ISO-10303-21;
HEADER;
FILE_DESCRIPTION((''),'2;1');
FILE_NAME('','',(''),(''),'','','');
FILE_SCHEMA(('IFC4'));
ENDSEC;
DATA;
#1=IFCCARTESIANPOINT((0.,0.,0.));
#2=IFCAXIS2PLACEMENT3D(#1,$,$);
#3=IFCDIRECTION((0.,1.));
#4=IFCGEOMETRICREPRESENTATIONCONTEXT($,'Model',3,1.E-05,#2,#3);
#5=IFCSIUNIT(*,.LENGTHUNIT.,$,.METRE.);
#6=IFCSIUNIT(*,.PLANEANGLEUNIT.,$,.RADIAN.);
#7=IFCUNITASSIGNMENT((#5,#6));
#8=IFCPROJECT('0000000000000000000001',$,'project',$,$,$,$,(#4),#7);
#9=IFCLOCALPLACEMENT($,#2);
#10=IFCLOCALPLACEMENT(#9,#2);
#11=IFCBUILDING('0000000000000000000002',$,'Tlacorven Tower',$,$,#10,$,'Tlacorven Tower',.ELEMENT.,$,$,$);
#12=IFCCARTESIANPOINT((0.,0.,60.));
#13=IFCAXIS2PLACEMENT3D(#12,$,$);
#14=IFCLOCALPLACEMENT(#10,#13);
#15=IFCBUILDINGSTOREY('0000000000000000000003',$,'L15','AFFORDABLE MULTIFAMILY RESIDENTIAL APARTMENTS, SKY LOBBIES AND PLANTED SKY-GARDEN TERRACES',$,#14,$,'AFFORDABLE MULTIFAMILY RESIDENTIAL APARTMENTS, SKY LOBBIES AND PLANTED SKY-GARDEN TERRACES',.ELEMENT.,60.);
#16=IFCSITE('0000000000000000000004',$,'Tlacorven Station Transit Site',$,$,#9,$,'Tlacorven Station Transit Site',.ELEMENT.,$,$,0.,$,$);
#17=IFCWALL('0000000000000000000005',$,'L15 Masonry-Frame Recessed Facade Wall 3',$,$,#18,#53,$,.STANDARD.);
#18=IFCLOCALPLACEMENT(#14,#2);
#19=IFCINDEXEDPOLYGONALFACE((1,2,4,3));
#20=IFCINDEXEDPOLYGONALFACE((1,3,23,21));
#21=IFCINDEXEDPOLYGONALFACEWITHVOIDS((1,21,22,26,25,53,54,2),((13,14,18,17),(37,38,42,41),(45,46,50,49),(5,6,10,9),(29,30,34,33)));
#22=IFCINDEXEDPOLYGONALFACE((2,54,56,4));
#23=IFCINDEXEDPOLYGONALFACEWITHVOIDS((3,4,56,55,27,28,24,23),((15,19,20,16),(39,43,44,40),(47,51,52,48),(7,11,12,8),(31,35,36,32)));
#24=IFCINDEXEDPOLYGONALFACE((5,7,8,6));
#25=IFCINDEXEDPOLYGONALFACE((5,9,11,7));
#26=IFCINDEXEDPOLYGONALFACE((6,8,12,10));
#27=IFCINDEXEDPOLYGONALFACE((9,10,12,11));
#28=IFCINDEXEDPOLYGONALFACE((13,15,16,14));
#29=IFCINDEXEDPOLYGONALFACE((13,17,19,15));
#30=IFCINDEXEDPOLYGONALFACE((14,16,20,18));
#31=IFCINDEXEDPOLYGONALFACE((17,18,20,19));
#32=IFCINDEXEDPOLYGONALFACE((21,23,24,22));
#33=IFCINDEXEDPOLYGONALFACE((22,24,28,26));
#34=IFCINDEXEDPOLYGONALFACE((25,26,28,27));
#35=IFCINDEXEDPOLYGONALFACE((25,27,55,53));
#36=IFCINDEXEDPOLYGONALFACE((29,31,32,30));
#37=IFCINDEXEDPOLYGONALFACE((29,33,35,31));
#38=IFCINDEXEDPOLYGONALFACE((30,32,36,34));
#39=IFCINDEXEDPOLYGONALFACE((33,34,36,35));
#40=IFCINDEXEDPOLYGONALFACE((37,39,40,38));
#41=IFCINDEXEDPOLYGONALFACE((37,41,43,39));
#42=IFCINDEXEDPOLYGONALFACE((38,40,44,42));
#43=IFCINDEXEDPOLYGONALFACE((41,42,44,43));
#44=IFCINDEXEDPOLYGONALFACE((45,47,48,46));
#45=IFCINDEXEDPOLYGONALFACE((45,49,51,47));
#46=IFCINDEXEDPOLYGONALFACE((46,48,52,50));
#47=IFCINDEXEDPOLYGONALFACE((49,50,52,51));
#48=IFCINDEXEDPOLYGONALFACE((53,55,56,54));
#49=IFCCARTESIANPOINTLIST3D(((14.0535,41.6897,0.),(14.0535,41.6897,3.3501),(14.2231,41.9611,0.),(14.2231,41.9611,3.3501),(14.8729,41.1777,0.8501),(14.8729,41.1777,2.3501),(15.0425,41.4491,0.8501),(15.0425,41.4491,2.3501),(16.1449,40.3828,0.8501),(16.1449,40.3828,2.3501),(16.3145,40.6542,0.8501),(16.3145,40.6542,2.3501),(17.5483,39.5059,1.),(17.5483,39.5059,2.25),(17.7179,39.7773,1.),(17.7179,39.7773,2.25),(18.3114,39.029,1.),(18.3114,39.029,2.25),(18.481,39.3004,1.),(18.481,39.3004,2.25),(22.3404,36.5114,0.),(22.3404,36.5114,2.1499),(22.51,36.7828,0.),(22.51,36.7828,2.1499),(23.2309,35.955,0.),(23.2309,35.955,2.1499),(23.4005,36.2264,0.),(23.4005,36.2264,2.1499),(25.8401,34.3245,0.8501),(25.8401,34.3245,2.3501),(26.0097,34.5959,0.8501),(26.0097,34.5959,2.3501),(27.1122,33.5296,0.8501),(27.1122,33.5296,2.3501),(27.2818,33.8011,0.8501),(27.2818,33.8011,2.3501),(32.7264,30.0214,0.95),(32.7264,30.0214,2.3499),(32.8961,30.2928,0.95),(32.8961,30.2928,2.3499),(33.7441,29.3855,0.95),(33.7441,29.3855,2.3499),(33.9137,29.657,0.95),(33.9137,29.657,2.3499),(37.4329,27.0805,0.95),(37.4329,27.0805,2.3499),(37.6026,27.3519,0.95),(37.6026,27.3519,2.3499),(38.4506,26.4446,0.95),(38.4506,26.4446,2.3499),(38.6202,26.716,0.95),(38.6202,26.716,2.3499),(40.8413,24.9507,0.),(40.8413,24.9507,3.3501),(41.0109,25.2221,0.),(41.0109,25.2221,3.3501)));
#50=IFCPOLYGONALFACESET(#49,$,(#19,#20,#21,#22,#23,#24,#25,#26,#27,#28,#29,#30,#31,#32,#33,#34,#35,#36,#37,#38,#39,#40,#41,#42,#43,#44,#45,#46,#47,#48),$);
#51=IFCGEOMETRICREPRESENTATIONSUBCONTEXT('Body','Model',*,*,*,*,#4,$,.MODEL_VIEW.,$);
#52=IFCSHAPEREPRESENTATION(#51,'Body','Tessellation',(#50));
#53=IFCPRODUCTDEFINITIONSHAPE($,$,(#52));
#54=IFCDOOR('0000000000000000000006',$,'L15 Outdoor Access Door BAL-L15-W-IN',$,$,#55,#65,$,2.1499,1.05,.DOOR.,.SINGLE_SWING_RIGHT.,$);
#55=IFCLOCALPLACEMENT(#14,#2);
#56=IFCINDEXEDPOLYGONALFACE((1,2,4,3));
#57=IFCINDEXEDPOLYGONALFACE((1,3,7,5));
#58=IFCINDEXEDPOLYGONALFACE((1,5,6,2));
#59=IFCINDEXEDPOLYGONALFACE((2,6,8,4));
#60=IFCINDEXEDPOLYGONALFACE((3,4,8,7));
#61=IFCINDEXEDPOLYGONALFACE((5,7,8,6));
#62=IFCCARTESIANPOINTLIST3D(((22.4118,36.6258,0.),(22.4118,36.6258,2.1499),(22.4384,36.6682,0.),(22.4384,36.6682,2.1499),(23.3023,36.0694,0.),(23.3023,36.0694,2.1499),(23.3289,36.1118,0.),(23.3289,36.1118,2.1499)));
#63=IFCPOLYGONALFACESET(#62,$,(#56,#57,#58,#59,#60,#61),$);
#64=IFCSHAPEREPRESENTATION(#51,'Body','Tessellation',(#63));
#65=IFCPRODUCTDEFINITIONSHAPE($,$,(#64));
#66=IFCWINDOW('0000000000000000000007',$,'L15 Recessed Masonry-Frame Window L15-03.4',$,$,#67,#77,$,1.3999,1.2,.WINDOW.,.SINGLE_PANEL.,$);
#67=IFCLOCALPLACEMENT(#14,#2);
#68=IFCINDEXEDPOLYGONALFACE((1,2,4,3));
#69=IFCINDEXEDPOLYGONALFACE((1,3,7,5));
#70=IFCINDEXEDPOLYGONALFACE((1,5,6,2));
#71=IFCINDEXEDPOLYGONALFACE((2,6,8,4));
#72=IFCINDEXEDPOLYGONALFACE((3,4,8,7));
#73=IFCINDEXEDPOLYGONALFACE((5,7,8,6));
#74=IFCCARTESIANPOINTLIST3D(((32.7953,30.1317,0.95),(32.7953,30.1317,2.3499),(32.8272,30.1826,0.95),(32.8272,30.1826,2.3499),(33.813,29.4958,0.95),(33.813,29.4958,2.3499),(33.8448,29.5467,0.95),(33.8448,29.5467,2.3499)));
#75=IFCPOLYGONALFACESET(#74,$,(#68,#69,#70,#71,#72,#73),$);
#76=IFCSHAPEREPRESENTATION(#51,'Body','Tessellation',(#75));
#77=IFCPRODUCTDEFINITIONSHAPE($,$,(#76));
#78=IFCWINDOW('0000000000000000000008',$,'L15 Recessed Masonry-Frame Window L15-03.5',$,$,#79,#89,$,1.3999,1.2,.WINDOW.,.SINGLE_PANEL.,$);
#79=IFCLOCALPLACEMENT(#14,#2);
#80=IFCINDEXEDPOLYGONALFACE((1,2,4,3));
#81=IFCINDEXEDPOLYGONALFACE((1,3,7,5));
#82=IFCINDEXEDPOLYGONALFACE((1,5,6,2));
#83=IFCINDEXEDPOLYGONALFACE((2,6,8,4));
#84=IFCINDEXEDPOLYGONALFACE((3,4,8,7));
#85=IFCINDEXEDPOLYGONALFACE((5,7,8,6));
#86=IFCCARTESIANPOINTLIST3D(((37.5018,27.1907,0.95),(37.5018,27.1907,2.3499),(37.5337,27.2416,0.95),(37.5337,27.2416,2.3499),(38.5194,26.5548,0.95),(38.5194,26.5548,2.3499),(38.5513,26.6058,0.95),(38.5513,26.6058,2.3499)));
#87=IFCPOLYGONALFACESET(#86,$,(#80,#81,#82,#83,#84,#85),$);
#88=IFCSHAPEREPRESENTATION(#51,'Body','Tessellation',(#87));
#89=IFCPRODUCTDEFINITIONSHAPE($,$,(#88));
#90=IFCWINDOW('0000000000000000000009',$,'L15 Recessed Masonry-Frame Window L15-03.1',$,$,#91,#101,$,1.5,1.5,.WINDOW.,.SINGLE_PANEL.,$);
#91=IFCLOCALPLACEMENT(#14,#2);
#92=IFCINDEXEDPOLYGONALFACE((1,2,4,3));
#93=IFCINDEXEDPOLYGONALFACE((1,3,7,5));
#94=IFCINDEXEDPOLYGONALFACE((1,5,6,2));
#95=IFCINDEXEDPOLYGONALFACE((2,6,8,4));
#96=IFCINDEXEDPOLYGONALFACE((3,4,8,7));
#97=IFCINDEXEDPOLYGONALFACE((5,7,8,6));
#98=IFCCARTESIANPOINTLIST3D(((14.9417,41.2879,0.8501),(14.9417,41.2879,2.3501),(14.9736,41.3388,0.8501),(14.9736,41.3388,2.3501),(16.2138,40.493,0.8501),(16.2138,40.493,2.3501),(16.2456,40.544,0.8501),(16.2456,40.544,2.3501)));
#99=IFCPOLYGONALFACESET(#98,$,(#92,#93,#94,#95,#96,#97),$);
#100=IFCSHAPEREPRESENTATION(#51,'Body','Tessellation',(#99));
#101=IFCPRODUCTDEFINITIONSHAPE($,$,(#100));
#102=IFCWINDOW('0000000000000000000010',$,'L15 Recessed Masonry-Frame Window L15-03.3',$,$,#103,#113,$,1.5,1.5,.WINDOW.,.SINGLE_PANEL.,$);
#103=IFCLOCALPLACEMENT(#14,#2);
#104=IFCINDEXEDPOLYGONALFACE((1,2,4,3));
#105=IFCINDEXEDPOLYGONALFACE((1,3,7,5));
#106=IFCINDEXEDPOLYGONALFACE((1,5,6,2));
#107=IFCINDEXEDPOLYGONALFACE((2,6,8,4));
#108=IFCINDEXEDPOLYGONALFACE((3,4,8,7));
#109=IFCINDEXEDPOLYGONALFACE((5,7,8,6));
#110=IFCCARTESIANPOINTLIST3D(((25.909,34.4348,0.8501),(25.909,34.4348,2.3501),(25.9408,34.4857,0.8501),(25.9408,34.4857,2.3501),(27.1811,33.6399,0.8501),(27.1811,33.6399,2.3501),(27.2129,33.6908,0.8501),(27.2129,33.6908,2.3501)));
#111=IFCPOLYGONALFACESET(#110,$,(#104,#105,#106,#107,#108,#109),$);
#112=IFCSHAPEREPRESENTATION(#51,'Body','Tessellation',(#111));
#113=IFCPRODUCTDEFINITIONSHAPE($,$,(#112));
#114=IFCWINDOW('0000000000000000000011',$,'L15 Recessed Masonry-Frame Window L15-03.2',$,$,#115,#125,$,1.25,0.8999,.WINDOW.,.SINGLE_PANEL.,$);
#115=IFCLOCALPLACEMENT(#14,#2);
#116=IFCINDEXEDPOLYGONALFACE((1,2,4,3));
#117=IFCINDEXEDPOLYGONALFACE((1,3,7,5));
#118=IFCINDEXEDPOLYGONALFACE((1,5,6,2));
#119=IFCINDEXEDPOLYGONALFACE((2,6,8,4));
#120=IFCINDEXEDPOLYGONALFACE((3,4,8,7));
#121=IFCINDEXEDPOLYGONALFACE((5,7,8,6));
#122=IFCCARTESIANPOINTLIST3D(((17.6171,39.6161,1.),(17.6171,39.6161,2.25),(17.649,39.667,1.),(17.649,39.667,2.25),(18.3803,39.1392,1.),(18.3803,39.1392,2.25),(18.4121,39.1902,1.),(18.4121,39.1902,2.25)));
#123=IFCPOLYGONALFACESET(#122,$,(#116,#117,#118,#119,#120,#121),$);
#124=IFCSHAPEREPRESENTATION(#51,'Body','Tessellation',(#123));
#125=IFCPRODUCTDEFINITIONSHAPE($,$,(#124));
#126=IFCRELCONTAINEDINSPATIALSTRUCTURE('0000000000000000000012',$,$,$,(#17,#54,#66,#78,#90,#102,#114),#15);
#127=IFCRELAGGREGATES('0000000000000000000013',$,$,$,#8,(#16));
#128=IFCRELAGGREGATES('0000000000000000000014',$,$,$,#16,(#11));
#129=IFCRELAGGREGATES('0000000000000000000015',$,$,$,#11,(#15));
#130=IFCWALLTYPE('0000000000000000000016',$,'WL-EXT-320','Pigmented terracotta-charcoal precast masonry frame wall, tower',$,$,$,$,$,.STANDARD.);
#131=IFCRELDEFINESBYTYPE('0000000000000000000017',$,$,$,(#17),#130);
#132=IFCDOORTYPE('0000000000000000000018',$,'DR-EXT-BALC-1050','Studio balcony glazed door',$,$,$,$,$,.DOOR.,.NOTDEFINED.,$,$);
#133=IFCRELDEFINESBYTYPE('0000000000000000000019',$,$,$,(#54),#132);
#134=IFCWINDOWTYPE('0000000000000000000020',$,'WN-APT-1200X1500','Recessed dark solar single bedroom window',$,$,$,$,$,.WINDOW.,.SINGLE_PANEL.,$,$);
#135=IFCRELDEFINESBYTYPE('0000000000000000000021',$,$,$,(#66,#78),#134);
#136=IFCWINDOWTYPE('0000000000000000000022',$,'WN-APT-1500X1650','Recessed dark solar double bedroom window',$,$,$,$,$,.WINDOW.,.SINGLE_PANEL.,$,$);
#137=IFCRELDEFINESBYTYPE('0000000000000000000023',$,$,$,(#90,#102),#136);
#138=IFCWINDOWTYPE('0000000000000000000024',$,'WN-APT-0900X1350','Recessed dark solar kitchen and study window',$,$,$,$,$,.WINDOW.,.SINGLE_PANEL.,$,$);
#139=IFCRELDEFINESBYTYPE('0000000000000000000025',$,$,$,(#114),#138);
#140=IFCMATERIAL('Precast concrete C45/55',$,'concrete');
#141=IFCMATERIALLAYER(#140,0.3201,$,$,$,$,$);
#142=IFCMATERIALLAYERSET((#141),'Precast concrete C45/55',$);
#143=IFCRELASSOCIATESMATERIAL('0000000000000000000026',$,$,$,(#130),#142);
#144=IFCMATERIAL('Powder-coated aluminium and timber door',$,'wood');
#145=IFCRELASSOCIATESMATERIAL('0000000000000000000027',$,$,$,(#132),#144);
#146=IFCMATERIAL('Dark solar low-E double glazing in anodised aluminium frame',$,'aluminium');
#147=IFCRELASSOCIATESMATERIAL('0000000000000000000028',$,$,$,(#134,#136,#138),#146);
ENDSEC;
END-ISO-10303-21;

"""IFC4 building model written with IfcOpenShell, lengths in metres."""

from ifc_helpers import new_model, si_unit, direction, frame, frame_2d, origin, place, context, subcontext, project, spatial, rectangle, extrude, source, transform, mapped, material, layer, layer_set, type_object, element, fill, save


model = new_model("IFC4")

# Units and contexts
model_context = context("Model", 3, precision=1e-05, world=origin(), true_north=direction((0.0, 1.0)))
body_context = subcontext(model_context, "Body", "Model", "MODEL_VIEW")
ifc_project = project(units=[si_unit("LENGTHUNIT", "METRE"), si_unit("PLANEANGLEUNIT", "RADIAN")], contexts=[model_context])

# Site, building, storey
site_placement = place(None, origin())
site = spatial("IfcSite", under=ifc_project, at=site_placement, Name="Tlacorven Station Transit Site", LongName="Tlacorven Station Transit Site", CompositionType="ELEMENT", RefElevation=0.0)
building_placement = place(site_placement, origin())
building = spatial("IfcBuilding", under=site, at=building_placement, Name="Tlacorven Tower", LongName="Tlacorven Tower", CompositionType="ELEMENT")
storey_placement = place(building_placement, frame((0.0, 0.0, 60.0)))
storey = spatial("IfcBuildingStorey", under=building, at=storey_placement, Name="L15", Description="AFFORDABLE MULTIFAMILY RESIDENTIAL APARTMENTS, SKY LOBBIES AND PLANTED SKY-GARDEN TERRACES", LongName="AFFORDABLE MULTIFAMILY RESIDENTIAL APARTMENTS, SKY LOBBIES AND PLANTED SKY-GARDEN TERRACES", CompositionType="ELEMENT", Elevation=60.0)

# Wall, openings, door, windows
ifc_material_1 = material(Name="Precast concrete C45/55", Category="concrete")
ifc_layer_1 = layer(ifc_material_1, 0.3201)
ifc_layer_set_1 = layer_set([ifc_layer_1], Name="Precast concrete C45/55")
wall_type_1 = type_object("IfcWallType", Name="WL-EXT-320", Description="Pigmented terracotta-charcoal precast masonry frame wall, tower", PredefinedType="STANDARD", material=ifc_layer_set_1)
wall_1_placement = place(storey_placement, frame((14.1382, 41.8254, 0.0), z_axis=(0.0, 0.0, 1.0), x_axis=(0.848046, -0.529922, 0.0)))
wall_1 = element("IfcWall", 1, at=wall_1_placement, inside=storey, type_object=wall_type_1, Name="L15 Masonry-Frame Recessed Facade Wall 3", PredefinedType="STANDARD", context=body_context, shape_type="SweptSolid", body=[
    extrude(rectangle(XDim=31.5876, YDim=0.3201, at=frame_2d((15.7939, 0.0))), origin(), (0.0, 0.0, 1.0), 3.3501),
])
opening_1_placement = place(wall_1_placement, frame((9.772, 0.0, 0.0)))
opening_1 = element("IfcOpeningElement", 2, at=opening_1_placement, cuts=wall_1, PredefinedType="OPENING", context=body_context, shape_type="SweptSolid", body=[
    extrude(rectangle(XDim=1.05, YDim=2.1499, at=frame_2d((0.5249, 1.075))), frame((0.0, 0.1699, 0.0), z_axis=(0.0, -1.0, 0.0), x_axis=(1.0, 0.0, 0.0)), (0.0, 0.0, 1.0), 0.3401),
])
opening_2_placement = place(wall_1_placement, frame((0.9663, 0.0, 0.8501)))
opening_2 = element("IfcOpeningElement", 3, at=opening_2_placement, cuts=wall_1, PredefinedType="OPENING", context=body_context, shape_type="SweptSolid", body=[
    extrude(rectangle(XDim=1.5, YDim=1.5, at=frame_2d((0.75, 0.75))), frame((0.0, 0.1699, 0.0), z_axis=(0.0, -1.0, 0.0), x_axis=(1.0, 0.0, 0.0)), (0.0, 0.0, 1.0), 0.3401),
])
opening_3_placement = place(wall_1_placement, frame((4.1211, 0.0, 1.0)))
opening_3 = element("IfcOpeningElement", 4, at=opening_3_placement, cuts=wall_1, PredefinedType="OPENING", context=body_context, shape_type="SweptSolid", body=[
    extrude(rectangle(XDim=0.8999, YDim=1.25, at=frame_2d((0.45, 0.625))), frame((0.0, 0.1699, 0.0), z_axis=(0.0, -1.0, 0.0), x_axis=(1.0, 0.0, 0.0)), (0.0, 0.0, 1.0), 0.3401),
])
opening_4_placement = place(wall_1_placement, frame((13.8987, 0.0, 0.8501)))
opening_4 = element("IfcOpeningElement", 5, at=opening_4_placement, cuts=wall_1, PredefinedType="OPENING", context=body_context, shape_type="SweptSolid", body=[
    extrude(rectangle(XDim=1.5, YDim=1.5, at=frame_2d((0.75, 0.75))), frame((0.0, 0.1699, 0.0), z_axis=(0.0, -1.0, 0.0), x_axis=(1.0, 0.0, 0.0)), (0.0, 0.0, 1.0), 0.3401),
])
opening_5_placement = place(wall_1_placement, frame((22.0188, 0.0, 0.95)))
opening_5 = element("IfcOpeningElement", 6, at=opening_5_placement, cuts=wall_1, PredefinedType="OPENING", context=body_context, shape_type="SweptSolid", body=[
    extrude(rectangle(XDim=1.2, YDim=1.3999, at=frame_2d((0.6001, 0.7))), frame((0.0, 0.1699, 0.0), z_axis=(0.0, -1.0, 0.0), x_axis=(1.0, 0.0, 0.0)), (0.0, 0.0, 1.0), 0.3401),
])
opening_6_placement = place(wall_1_placement, frame((27.5686, 0.0, 0.95)))
opening_6 = element("IfcOpeningElement", 7, at=opening_6_placement, cuts=wall_1, PredefinedType="OPENING", context=body_context, shape_type="SweptSolid", body=[
    extrude(rectangle(XDim=1.2, YDim=1.3999, at=frame_2d((0.6001, 0.7))), frame((0.0, 0.1699, 0.0), z_axis=(0.0, -1.0, 0.0), x_axis=(1.0, 0.0, 0.0)), (0.0, 0.0, 1.0), 0.3401),
])
ifc_material_2 = material(Name="Powder-coated aluminium and timber door", Category="wood")
door_type_1 = type_object("IfcDoorType", Name="DR-EXT-BALC-1050", Description="Studio balcony glazed door", OperationType="NOTDEFINED", PredefinedType="DOOR", material=ifc_material_2)
shared_shape_1 = source(origin(), body_context, "Body", "SweptSolid", [
    extrude(rectangle(XDim=1.05, YDim=2.1499, at=frame_2d((0.5249, 1.075))), frame((0.0, 0.0249, 0.0), z_axis=(0.0, -1.0, 0.0), x_axis=(1.0, 0.0, 0.0)), (0.0, 0.0, 1.0), 0.05),
])
door_1_placement = place(opening_1_placement, origin())
door_1 = element("IfcDoor", 8, at=door_1_placement, inside=storey, type_object=door_type_1, Name="L15 Outdoor Access Door BAL-L15-W-IN", OperationType="SINGLE_SWING_RIGHT", OverallHeight=2.1499, OverallWidth=1.05, PredefinedType="DOOR", context=body_context, shape_type="MappedRepresentation", body=[
    mapped(shared_shape_1, transform((0.0, 0.0, 0.0), scale=1.0)),
])
fill(opening_1, door_1)
ifc_material_3 = material(Name="Dark solar low-E double glazing in anodised aluminium frame", Category="aluminium")
window_type_1 = type_object("IfcWindowType", Name="WN-APT-1200X1500", Description="Recessed dark solar single bedroom window", PartitioningType="SINGLE_PANEL", PredefinedType="WINDOW", material=ifc_material_3)
shared_shape_2 = source(origin(), body_context, "Body", "SweptSolid", [
    extrude(rectangle(XDim=1.2, YDim=1.3999, at=frame_2d((0.6001, 0.7))), frame((0.0, 0.03, 0.0), z_axis=(0.0, -1.0, 0.0), x_axis=(1.0, 0.0, 0.0)), (0.0, 0.0, 1.0), 0.0601),
])
window_1_placement = place(opening_5_placement, origin())
window_1 = element("IfcWindow", 9, at=window_1_placement, inside=storey, type_object=window_type_1, Name="L15 Recessed Masonry-Frame Window L15-03.4", OverallHeight=1.3999, OverallWidth=1.2, PartitioningType="SINGLE_PANEL", PredefinedType="WINDOW", context=body_context, shape_type="MappedRepresentation", body=[
    mapped(shared_shape_2, transform((0.0, 0.0, 0.0), scale=1.0)),
])
fill(opening_5, window_1)
window_2_placement = place(opening_6_placement, origin())
window_2 = element("IfcWindow", 10, at=window_2_placement, inside=storey, type_object=window_type_1, Name="L15 Recessed Masonry-Frame Window L15-03.5", OverallHeight=1.3999, OverallWidth=1.2, PartitioningType="SINGLE_PANEL", PredefinedType="WINDOW", context=body_context, shape_type="MappedRepresentation", body=[
    mapped(shared_shape_2, transform((0.0, 0.0, 0.0), scale=1.0)),
])
fill(opening_6, window_2)
window_type_2 = type_object("IfcWindowType", Name="WN-APT-1500X1650", Description="Recessed dark solar double bedroom window", PartitioningType="SINGLE_PANEL", PredefinedType="WINDOW", material=ifc_material_3)
shared_shape_3 = source(origin(), body_context, "Body", "SweptSolid", [
    extrude(rectangle(XDim=1.5, YDim=1.5, at=frame_2d((0.75, 0.75))), frame((0.0, 0.03, 0.0), z_axis=(0.0, -1.0, 0.0), x_axis=(1.0, 0.0, 0.0)), (0.0, 0.0, 1.0), 0.0601),
])
window_3_placement = place(opening_2_placement, origin())
window_3 = element("IfcWindow", 11, at=window_3_placement, inside=storey, type_object=window_type_2, Name="L15 Recessed Masonry-Frame Window L15-03.1", OverallHeight=1.5, OverallWidth=1.5, PartitioningType="SINGLE_PANEL", PredefinedType="WINDOW", context=body_context, shape_type="MappedRepresentation", body=[
    mapped(shared_shape_3, transform((0.0, 0.0, 0.0), scale=1.0)),
])
fill(opening_2, window_3)
window_4_placement = place(opening_4_placement, origin())
window_4 = element("IfcWindow", 12, at=window_4_placement, inside=storey, type_object=window_type_2, Name="L15 Recessed Masonry-Frame Window L15-03.3", OverallHeight=1.5, OverallWidth=1.5, PartitioningType="SINGLE_PANEL", PredefinedType="WINDOW", context=body_context, shape_type="MappedRepresentation", body=[
    mapped(shared_shape_3, transform((0.0, 0.0, 0.0), scale=1.0)),
])
fill(opening_4, window_4)
window_type_3 = type_object("IfcWindowType", Name="WN-APT-0900X1350", Description="Recessed dark solar kitchen and study window", PartitioningType="SINGLE_PANEL", PredefinedType="WINDOW", material=ifc_material_3)
shared_shape_4 = source(origin(), body_context, "Body", "SweptSolid", [
    extrude(rectangle(XDim=0.8999, YDim=1.25, at=frame_2d((0.45, 0.625))), frame((0.0, 0.03, 0.0), z_axis=(0.0, -1.0, 0.0), x_axis=(1.0, 0.0, 0.0)), (0.0, 0.0, 1.0), 0.0601),
])
window_5_placement = place(opening_3_placement, origin())
window_5 = element("IfcWindow", 13, at=window_5_placement, inside=storey, type_object=window_type_3, Name="L15 Recessed Masonry-Frame Window L15-03.2", OverallHeight=1.25, OverallWidth=0.8999, PartitioningType="SINGLE_PANEL", PredefinedType="WINDOW", context=body_context, shape_type="MappedRepresentation", body=[
    mapped(shared_shape_4, transform((0.0, 0.0, 0.0), scale=1.0)),
])
fill(opening_3, window_5)

save(model, "model.ifc")
